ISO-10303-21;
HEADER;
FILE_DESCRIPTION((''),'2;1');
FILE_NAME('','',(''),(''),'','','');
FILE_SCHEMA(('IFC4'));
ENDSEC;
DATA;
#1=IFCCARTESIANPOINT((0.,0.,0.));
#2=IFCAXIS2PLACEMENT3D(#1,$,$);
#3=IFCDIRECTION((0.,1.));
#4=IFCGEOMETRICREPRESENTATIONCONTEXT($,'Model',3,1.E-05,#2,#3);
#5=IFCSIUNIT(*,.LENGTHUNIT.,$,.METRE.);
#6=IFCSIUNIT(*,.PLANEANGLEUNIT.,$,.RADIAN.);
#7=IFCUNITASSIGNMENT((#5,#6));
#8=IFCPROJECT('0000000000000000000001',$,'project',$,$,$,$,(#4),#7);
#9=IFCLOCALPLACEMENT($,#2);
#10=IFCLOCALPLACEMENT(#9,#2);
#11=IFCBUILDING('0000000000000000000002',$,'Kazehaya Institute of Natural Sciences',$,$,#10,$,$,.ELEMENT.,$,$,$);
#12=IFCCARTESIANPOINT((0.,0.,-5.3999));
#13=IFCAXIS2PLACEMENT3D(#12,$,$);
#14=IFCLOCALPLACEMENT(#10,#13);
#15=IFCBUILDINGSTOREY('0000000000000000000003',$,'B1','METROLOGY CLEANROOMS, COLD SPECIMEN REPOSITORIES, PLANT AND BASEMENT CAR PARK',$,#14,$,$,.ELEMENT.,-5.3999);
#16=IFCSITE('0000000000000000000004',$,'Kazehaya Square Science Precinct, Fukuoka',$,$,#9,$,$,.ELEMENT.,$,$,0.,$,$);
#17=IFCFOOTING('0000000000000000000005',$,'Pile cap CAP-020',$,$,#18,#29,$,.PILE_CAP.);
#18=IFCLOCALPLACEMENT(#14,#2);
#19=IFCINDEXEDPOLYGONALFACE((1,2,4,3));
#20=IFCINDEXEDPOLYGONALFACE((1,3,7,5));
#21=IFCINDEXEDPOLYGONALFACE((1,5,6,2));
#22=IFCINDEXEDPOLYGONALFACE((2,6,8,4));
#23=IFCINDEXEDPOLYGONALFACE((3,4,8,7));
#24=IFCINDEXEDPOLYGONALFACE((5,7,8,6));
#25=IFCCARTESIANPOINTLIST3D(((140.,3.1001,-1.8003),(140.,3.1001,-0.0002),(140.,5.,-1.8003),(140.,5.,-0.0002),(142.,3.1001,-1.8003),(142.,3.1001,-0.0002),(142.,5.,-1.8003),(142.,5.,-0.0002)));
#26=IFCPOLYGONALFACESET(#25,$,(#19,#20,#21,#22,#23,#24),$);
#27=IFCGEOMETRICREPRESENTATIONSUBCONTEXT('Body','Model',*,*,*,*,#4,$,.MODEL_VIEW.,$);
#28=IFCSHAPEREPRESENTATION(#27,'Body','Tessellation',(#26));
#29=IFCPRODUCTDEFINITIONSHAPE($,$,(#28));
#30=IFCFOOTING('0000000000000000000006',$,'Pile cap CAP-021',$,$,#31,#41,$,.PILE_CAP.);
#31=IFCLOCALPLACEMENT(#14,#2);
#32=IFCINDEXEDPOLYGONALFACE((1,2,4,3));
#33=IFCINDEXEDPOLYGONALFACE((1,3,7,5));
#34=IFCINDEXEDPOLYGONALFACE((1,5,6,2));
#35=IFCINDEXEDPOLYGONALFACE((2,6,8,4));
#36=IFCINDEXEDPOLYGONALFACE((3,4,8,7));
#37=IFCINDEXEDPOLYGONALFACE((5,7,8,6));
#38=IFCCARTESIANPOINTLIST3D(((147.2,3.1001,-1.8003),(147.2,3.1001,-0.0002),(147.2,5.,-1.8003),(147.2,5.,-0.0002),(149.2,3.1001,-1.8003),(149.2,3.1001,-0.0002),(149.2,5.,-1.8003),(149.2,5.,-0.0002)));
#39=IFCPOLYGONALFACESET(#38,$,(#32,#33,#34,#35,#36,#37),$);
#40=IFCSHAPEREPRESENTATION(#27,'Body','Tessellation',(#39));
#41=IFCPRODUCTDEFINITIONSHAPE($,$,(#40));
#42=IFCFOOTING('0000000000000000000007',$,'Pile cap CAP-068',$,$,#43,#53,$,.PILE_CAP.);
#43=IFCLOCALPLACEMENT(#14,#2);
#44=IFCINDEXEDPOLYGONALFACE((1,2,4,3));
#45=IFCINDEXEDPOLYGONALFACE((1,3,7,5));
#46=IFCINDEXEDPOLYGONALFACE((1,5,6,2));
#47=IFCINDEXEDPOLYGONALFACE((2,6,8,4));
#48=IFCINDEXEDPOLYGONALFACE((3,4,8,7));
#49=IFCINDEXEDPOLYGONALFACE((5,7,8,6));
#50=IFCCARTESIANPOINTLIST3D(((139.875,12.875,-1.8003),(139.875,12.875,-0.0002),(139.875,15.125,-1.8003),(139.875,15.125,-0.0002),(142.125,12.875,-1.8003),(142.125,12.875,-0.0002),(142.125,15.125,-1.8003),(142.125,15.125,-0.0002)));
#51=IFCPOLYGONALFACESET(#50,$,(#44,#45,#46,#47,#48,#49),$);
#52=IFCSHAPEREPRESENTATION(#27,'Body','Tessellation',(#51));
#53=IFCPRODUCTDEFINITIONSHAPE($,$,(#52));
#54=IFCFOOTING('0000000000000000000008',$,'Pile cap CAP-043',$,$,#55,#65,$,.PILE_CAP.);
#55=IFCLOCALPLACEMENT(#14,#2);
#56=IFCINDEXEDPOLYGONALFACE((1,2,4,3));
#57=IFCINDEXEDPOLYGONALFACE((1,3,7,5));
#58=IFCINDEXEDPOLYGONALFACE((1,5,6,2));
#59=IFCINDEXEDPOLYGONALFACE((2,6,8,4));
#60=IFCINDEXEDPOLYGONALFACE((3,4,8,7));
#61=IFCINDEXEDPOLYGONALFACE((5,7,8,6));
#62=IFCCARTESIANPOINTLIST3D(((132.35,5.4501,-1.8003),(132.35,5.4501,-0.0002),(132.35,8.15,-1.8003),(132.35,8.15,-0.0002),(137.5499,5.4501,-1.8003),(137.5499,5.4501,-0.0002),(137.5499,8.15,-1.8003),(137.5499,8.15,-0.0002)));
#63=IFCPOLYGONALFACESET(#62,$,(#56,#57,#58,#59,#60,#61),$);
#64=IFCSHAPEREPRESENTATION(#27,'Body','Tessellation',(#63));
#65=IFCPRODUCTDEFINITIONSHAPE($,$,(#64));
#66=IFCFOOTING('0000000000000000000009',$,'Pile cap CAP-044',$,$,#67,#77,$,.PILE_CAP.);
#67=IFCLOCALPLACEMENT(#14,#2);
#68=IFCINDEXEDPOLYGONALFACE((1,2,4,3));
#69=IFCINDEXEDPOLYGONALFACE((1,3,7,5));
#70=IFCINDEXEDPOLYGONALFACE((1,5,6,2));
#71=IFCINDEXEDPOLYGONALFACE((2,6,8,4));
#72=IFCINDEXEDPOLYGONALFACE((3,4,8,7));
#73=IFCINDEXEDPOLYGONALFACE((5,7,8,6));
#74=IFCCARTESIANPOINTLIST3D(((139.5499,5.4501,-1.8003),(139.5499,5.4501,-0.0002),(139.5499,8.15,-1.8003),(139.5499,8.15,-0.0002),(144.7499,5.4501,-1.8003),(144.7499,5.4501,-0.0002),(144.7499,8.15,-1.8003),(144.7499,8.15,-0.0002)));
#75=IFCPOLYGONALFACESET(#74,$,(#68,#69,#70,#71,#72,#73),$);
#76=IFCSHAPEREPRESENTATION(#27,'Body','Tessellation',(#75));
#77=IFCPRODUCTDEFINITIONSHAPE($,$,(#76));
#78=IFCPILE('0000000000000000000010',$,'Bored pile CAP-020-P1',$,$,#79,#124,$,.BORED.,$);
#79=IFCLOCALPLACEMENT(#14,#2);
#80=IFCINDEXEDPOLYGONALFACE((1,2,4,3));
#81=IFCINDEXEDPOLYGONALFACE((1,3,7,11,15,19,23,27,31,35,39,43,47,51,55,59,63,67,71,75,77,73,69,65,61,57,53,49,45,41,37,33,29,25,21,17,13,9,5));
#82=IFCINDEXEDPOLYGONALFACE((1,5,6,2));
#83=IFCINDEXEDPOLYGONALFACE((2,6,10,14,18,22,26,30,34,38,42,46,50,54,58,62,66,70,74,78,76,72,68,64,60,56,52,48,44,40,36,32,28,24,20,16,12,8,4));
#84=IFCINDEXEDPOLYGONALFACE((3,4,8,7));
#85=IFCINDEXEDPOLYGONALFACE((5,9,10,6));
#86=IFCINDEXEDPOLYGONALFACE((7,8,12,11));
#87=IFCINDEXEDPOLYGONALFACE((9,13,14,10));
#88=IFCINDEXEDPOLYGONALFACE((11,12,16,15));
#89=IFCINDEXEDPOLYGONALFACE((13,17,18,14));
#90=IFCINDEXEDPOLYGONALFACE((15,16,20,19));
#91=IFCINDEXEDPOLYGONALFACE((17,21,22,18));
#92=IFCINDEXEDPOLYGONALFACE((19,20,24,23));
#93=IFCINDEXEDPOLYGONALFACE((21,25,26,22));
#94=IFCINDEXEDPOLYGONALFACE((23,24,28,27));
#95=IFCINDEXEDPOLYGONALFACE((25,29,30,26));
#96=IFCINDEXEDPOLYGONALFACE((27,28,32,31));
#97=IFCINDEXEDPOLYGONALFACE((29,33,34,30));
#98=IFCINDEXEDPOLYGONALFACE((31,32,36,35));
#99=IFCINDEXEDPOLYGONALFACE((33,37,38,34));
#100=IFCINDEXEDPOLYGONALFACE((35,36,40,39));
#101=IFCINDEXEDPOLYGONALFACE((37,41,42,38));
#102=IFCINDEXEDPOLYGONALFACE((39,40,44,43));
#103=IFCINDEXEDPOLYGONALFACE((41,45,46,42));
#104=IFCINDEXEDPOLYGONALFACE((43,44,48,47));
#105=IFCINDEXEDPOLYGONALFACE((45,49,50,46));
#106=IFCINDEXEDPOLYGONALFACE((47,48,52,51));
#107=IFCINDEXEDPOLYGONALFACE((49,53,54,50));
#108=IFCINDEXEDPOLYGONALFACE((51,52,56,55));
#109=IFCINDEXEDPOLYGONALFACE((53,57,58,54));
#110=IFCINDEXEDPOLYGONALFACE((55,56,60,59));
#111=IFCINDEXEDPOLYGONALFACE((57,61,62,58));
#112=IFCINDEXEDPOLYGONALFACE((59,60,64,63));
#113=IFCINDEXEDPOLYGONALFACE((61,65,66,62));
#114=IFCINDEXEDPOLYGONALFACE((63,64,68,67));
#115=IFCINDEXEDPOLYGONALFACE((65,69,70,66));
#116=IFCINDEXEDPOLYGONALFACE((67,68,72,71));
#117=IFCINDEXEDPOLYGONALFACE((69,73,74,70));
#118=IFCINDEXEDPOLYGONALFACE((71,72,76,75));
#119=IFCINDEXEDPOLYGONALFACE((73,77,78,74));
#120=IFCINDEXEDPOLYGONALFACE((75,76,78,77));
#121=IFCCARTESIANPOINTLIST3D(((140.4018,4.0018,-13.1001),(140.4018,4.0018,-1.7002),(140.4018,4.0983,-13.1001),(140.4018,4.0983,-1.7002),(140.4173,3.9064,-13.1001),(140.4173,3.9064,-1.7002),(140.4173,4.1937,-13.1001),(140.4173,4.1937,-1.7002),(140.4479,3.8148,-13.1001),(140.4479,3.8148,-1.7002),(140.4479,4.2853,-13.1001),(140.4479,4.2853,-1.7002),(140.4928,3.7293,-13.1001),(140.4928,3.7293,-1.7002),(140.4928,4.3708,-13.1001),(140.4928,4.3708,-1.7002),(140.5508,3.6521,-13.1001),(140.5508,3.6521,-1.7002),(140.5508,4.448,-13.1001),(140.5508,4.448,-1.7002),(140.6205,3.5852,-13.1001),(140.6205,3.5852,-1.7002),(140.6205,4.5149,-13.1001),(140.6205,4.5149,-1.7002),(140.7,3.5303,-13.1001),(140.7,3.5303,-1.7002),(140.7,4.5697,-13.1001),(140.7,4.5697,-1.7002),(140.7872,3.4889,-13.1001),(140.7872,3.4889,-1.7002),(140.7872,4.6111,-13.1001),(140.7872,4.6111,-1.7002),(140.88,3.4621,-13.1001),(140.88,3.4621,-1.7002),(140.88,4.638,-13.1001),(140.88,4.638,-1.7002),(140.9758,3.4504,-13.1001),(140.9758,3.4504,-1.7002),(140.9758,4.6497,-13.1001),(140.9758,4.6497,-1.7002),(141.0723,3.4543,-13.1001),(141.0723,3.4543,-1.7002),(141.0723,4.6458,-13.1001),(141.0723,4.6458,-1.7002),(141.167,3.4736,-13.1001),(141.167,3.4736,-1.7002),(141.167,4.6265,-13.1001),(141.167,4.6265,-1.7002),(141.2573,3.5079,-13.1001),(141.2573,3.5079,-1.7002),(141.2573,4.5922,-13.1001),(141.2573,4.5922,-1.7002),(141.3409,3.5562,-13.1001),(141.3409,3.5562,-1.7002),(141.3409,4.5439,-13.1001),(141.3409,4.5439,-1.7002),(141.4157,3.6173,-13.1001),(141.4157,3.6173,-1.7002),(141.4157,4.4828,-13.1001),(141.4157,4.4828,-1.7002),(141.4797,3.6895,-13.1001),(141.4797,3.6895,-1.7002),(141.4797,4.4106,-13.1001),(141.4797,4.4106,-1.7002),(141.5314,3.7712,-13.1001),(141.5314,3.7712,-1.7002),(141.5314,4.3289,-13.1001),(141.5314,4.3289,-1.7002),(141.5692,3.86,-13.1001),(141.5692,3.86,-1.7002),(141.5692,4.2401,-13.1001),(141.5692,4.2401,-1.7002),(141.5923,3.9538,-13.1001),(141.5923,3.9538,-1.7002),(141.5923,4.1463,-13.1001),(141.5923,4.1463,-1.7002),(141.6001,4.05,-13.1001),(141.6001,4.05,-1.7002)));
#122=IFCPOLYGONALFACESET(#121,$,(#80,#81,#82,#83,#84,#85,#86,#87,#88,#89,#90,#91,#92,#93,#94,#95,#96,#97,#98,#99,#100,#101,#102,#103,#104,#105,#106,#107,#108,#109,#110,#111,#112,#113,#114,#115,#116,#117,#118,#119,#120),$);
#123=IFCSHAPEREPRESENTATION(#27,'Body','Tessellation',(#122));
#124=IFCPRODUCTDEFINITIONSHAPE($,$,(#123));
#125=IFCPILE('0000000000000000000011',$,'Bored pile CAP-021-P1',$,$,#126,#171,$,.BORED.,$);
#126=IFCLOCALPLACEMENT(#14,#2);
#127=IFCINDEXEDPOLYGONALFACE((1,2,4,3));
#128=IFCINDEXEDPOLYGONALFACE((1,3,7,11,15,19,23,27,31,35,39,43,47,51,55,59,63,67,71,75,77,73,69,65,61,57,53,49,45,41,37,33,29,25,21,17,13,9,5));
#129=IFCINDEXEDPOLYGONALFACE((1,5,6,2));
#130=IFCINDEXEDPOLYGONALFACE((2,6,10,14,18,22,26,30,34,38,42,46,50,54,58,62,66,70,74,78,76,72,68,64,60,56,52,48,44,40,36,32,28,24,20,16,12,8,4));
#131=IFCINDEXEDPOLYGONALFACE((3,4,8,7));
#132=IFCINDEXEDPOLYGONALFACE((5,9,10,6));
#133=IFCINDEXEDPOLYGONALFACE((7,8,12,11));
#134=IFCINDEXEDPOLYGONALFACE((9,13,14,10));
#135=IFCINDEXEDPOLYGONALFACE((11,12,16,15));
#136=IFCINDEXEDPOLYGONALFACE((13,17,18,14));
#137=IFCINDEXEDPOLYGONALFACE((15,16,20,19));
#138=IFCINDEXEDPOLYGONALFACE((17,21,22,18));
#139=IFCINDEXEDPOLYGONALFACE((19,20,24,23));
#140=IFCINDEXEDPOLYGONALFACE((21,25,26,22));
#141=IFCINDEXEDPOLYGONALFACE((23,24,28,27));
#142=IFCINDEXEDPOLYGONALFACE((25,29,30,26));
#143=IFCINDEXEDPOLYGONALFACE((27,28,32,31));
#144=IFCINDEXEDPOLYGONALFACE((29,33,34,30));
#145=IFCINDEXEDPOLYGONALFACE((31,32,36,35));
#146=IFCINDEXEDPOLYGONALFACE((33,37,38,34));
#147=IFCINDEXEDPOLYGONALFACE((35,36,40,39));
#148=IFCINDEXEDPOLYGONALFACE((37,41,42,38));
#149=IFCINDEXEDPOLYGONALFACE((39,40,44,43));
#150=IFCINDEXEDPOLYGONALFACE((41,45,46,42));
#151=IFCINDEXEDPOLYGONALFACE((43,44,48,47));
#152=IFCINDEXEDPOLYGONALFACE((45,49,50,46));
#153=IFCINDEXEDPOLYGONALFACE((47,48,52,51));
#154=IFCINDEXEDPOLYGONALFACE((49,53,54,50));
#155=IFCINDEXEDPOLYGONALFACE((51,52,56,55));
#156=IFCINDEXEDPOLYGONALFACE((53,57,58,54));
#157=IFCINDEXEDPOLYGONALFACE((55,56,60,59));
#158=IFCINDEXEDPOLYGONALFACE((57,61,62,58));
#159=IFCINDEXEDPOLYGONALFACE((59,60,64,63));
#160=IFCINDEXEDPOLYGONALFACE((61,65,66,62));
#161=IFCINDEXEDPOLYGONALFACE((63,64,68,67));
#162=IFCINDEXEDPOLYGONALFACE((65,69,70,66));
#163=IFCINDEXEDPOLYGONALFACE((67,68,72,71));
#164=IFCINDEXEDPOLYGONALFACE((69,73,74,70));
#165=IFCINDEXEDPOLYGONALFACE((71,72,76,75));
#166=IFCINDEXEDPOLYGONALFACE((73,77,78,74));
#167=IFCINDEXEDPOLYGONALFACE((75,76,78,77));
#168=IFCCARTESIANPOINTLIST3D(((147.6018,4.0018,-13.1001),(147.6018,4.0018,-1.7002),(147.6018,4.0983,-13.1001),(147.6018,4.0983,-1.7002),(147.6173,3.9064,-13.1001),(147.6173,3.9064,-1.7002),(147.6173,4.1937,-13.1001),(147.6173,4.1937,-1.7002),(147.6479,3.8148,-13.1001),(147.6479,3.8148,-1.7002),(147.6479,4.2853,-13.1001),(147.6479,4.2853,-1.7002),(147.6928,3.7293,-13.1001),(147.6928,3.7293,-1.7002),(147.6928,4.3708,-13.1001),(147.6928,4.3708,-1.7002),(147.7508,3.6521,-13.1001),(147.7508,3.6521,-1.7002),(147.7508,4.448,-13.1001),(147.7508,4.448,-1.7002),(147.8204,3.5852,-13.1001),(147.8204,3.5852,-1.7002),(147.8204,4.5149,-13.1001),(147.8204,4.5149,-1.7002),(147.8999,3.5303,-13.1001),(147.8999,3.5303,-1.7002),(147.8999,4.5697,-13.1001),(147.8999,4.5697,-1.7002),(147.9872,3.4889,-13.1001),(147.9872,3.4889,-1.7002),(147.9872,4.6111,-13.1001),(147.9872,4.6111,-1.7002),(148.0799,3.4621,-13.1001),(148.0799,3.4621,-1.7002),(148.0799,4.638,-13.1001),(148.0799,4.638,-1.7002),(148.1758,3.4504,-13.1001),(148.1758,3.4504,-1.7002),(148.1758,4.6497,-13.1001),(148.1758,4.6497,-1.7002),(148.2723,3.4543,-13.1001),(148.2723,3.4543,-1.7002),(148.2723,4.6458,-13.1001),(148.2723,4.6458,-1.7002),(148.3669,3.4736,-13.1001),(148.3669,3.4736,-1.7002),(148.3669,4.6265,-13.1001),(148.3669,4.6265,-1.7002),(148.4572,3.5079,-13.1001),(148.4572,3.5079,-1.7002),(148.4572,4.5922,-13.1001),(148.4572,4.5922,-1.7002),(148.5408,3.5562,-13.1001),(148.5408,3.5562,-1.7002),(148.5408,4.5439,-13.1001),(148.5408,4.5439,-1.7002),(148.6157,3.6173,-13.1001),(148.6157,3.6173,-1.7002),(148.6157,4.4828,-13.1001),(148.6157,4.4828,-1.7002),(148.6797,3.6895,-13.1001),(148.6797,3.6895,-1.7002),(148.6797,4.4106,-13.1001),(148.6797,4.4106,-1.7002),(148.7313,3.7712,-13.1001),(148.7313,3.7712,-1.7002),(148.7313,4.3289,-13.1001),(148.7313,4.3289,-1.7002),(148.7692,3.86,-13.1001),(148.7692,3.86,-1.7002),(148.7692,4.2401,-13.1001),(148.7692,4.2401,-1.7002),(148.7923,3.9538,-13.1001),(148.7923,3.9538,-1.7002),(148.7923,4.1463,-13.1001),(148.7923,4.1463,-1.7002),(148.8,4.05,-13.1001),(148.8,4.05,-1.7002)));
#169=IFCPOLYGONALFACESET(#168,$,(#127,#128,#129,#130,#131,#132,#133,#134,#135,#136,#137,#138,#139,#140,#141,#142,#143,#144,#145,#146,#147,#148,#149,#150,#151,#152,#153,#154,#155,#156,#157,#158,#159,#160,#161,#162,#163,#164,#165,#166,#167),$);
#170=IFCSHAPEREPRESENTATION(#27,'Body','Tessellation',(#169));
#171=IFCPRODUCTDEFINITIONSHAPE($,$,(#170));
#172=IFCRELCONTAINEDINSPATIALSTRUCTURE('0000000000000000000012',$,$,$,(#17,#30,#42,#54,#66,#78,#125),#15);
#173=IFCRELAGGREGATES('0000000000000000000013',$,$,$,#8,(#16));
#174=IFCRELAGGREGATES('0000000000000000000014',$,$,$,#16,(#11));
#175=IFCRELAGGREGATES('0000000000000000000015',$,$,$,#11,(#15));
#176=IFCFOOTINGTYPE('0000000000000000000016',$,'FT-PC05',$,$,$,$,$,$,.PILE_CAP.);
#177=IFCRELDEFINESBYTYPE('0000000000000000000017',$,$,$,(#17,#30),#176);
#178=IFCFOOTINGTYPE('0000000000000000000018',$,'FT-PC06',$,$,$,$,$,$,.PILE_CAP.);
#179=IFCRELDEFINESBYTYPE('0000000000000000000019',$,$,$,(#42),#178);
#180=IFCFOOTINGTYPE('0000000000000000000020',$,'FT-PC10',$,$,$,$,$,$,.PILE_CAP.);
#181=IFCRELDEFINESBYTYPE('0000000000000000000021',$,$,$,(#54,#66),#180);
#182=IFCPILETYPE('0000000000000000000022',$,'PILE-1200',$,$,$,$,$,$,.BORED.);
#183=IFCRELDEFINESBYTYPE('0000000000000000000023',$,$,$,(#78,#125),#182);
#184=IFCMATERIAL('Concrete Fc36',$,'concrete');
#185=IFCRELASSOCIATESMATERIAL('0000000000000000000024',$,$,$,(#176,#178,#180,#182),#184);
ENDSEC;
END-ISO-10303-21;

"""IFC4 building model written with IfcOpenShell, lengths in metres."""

from ifc_helpers import new_model, si_unit, direction, frame, origin, origin_2d, place, context, subcontext, project, spatial, rectangle, circle, extrude, material, material_profile, profile_set, type_object, element, save


model = new_model("IFC4")

# Units and contexts
model_context = context("Model", 3, precision=1e-05, world=origin(), true_north=direction((0.0, 1.0)))
body_context = subcontext(model_context, "Body", "Model", "MODEL_VIEW")
ifc_project = project(units=[si_unit("LENGTHUNIT", "METRE"), si_unit("PLANEANGLEUNIT", "RADIAN")], contexts=[model_context])

# Site, building, storey
site_placement = place(None, origin())
site = spatial("IfcSite", under=ifc_project, at=site_placement, Name="Kazehaya Square Science Precinct, Fukuoka", CompositionType="ELEMENT", RefElevation=0.0)
building_placement = place(site_placement, origin())
building = spatial("IfcBuilding", under=site, at=building_placement, Name="Kazehaya Institute of Natural Sciences", CompositionType="ELEMENT")
storey_placement = place(building_placement, frame((0.0, 0.0, -5.3999)))
storey = spatial("IfcBuildingStorey", under=building, at=storey_placement, Name="B1", Description="METROLOGY CLEANROOMS, COLD SPECIMEN REPOSITORIES, PLANT AND BASEMENT CAR PARK", CompositionType="ELEMENT", Elevation=-5.3999)

# Footings
ifc_material_1 = material(Name="Concrete Fc36", Category="concrete")
footing_type_1 = type_object("IfcFootingType", Name="FT-PC05", PredefinedType="PILE_CAP", material=ifc_material_1)
for number, where, z_axis, x_axis, name in (
    (1, (141.0, 4.05, -1.8003), (0.0, 0.0, 1.0), (1.0, 0.0, 0.0), "Pile cap CAP-020"),
    (2, (148.2, 4.05, -1.8003), (0.0, 0.0, 1.0), (1.0, 0.0, 0.0), "Pile cap CAP-021"),
):
    element("IfcFooting", number, at=place(storey_placement, frame(where, z_axis=z_axis, x_axis=x_axis)), inside=storey, type_object=footing_type_1, Name=name, PredefinedType="PILE_CAP", context=body_context, shape_type="SweptSolid", body=[
        extrude(rectangle(XDim=2.0, YDim=1.8999, at=origin_2d()), origin(), (0.0, 0.0, 1.0), 1.8),
    ])
footing_type_2 = type_object("IfcFootingType", Name="FT-PC06", PredefinedType="PILE_CAP", material=ifc_material_1)
footing_placement = place(storey_placement, frame((141.0, 14.0, -1.8003), z_axis=(0.0, 0.0, 1.0), x_axis=(1.0, 0.0, 0.0)))
element("IfcFooting", 3, at=footing_placement, inside=storey, type_object=footing_type_2, Name="Pile cap CAP-068", PredefinedType="PILE_CAP", context=body_context, shape_type="SweptSolid", body=[
    extrude(rectangle(XDim=2.25, YDim=2.25, at=origin_2d()), origin(), (0.0, 0.0, 1.0), 1.8),
])
footing_type_3 = type_object("IfcFootingType", Name="FT-PC10", PredefinedType="PILE_CAP", material=ifc_material_1)
for number, where, z_axis, x_axis, name in (
    (4, (134.95, 6.8, -1.8003), (0.0, 0.0, 1.0), (1.0, 0.0, 0.0), "Pile cap CAP-043"),
    (5, (142.1499, 6.8, -1.8003), (0.0, 0.0, 1.0), (1.0, 0.0, 0.0), "Pile cap CAP-044"),
):
    element("IfcFooting", number, at=place(storey_placement, frame(where, z_axis=z_axis, x_axis=x_axis)), inside=storey, type_object=footing_type_3, Name=name, PredefinedType="PILE_CAP", context=body_context, shape_type="SweptSolid", body=[
        extrude(rectangle(XDim=5.2, YDim=2.7, at=origin_2d()), origin(), (0.0, 0.0, 1.0), 1.8),
    ])

# Piles
ifc_material_profile_1 = material_profile(ifc_material_1, circle(Radius=0.6001, at=origin_2d()), Name="PILE-1200")
ifc_profile_set_1 = profile_set([ifc_material_profile_1], Name="Concrete Fc36")
pile_type = type_object("IfcPileType", Name="PILE-1200", PredefinedType="BORED", material=ifc_profile_set_1)
for number, where, z_axis, x_axis, name in (
    (6, (141.0, 4.05, -1.7002), (0.0, 0.0, -1.0), (1.0, 0.0, 0.0), "Bored pile CAP-020-P1"),
    (7, (148.2, 4.05, -1.7002), (0.0, 0.0, -1.0), (1.0, 0.0, 0.0), "Bored pile CAP-021-P1"),
):
    element("IfcPile", number, at=place(storey_placement, frame(where, z_axis=z_axis, x_axis=x_axis)), inside=storey, type_object=pile_type, Name=name, PredefinedType="BORED", context=body_context, shape_type="SweptSolid", body=[
        extrude(circle(Radius=0.6001, at=origin_2d()), origin(), (0.0, 0.0, 1.0), 11.3999),
    ])

save(model, "model.ifc")
